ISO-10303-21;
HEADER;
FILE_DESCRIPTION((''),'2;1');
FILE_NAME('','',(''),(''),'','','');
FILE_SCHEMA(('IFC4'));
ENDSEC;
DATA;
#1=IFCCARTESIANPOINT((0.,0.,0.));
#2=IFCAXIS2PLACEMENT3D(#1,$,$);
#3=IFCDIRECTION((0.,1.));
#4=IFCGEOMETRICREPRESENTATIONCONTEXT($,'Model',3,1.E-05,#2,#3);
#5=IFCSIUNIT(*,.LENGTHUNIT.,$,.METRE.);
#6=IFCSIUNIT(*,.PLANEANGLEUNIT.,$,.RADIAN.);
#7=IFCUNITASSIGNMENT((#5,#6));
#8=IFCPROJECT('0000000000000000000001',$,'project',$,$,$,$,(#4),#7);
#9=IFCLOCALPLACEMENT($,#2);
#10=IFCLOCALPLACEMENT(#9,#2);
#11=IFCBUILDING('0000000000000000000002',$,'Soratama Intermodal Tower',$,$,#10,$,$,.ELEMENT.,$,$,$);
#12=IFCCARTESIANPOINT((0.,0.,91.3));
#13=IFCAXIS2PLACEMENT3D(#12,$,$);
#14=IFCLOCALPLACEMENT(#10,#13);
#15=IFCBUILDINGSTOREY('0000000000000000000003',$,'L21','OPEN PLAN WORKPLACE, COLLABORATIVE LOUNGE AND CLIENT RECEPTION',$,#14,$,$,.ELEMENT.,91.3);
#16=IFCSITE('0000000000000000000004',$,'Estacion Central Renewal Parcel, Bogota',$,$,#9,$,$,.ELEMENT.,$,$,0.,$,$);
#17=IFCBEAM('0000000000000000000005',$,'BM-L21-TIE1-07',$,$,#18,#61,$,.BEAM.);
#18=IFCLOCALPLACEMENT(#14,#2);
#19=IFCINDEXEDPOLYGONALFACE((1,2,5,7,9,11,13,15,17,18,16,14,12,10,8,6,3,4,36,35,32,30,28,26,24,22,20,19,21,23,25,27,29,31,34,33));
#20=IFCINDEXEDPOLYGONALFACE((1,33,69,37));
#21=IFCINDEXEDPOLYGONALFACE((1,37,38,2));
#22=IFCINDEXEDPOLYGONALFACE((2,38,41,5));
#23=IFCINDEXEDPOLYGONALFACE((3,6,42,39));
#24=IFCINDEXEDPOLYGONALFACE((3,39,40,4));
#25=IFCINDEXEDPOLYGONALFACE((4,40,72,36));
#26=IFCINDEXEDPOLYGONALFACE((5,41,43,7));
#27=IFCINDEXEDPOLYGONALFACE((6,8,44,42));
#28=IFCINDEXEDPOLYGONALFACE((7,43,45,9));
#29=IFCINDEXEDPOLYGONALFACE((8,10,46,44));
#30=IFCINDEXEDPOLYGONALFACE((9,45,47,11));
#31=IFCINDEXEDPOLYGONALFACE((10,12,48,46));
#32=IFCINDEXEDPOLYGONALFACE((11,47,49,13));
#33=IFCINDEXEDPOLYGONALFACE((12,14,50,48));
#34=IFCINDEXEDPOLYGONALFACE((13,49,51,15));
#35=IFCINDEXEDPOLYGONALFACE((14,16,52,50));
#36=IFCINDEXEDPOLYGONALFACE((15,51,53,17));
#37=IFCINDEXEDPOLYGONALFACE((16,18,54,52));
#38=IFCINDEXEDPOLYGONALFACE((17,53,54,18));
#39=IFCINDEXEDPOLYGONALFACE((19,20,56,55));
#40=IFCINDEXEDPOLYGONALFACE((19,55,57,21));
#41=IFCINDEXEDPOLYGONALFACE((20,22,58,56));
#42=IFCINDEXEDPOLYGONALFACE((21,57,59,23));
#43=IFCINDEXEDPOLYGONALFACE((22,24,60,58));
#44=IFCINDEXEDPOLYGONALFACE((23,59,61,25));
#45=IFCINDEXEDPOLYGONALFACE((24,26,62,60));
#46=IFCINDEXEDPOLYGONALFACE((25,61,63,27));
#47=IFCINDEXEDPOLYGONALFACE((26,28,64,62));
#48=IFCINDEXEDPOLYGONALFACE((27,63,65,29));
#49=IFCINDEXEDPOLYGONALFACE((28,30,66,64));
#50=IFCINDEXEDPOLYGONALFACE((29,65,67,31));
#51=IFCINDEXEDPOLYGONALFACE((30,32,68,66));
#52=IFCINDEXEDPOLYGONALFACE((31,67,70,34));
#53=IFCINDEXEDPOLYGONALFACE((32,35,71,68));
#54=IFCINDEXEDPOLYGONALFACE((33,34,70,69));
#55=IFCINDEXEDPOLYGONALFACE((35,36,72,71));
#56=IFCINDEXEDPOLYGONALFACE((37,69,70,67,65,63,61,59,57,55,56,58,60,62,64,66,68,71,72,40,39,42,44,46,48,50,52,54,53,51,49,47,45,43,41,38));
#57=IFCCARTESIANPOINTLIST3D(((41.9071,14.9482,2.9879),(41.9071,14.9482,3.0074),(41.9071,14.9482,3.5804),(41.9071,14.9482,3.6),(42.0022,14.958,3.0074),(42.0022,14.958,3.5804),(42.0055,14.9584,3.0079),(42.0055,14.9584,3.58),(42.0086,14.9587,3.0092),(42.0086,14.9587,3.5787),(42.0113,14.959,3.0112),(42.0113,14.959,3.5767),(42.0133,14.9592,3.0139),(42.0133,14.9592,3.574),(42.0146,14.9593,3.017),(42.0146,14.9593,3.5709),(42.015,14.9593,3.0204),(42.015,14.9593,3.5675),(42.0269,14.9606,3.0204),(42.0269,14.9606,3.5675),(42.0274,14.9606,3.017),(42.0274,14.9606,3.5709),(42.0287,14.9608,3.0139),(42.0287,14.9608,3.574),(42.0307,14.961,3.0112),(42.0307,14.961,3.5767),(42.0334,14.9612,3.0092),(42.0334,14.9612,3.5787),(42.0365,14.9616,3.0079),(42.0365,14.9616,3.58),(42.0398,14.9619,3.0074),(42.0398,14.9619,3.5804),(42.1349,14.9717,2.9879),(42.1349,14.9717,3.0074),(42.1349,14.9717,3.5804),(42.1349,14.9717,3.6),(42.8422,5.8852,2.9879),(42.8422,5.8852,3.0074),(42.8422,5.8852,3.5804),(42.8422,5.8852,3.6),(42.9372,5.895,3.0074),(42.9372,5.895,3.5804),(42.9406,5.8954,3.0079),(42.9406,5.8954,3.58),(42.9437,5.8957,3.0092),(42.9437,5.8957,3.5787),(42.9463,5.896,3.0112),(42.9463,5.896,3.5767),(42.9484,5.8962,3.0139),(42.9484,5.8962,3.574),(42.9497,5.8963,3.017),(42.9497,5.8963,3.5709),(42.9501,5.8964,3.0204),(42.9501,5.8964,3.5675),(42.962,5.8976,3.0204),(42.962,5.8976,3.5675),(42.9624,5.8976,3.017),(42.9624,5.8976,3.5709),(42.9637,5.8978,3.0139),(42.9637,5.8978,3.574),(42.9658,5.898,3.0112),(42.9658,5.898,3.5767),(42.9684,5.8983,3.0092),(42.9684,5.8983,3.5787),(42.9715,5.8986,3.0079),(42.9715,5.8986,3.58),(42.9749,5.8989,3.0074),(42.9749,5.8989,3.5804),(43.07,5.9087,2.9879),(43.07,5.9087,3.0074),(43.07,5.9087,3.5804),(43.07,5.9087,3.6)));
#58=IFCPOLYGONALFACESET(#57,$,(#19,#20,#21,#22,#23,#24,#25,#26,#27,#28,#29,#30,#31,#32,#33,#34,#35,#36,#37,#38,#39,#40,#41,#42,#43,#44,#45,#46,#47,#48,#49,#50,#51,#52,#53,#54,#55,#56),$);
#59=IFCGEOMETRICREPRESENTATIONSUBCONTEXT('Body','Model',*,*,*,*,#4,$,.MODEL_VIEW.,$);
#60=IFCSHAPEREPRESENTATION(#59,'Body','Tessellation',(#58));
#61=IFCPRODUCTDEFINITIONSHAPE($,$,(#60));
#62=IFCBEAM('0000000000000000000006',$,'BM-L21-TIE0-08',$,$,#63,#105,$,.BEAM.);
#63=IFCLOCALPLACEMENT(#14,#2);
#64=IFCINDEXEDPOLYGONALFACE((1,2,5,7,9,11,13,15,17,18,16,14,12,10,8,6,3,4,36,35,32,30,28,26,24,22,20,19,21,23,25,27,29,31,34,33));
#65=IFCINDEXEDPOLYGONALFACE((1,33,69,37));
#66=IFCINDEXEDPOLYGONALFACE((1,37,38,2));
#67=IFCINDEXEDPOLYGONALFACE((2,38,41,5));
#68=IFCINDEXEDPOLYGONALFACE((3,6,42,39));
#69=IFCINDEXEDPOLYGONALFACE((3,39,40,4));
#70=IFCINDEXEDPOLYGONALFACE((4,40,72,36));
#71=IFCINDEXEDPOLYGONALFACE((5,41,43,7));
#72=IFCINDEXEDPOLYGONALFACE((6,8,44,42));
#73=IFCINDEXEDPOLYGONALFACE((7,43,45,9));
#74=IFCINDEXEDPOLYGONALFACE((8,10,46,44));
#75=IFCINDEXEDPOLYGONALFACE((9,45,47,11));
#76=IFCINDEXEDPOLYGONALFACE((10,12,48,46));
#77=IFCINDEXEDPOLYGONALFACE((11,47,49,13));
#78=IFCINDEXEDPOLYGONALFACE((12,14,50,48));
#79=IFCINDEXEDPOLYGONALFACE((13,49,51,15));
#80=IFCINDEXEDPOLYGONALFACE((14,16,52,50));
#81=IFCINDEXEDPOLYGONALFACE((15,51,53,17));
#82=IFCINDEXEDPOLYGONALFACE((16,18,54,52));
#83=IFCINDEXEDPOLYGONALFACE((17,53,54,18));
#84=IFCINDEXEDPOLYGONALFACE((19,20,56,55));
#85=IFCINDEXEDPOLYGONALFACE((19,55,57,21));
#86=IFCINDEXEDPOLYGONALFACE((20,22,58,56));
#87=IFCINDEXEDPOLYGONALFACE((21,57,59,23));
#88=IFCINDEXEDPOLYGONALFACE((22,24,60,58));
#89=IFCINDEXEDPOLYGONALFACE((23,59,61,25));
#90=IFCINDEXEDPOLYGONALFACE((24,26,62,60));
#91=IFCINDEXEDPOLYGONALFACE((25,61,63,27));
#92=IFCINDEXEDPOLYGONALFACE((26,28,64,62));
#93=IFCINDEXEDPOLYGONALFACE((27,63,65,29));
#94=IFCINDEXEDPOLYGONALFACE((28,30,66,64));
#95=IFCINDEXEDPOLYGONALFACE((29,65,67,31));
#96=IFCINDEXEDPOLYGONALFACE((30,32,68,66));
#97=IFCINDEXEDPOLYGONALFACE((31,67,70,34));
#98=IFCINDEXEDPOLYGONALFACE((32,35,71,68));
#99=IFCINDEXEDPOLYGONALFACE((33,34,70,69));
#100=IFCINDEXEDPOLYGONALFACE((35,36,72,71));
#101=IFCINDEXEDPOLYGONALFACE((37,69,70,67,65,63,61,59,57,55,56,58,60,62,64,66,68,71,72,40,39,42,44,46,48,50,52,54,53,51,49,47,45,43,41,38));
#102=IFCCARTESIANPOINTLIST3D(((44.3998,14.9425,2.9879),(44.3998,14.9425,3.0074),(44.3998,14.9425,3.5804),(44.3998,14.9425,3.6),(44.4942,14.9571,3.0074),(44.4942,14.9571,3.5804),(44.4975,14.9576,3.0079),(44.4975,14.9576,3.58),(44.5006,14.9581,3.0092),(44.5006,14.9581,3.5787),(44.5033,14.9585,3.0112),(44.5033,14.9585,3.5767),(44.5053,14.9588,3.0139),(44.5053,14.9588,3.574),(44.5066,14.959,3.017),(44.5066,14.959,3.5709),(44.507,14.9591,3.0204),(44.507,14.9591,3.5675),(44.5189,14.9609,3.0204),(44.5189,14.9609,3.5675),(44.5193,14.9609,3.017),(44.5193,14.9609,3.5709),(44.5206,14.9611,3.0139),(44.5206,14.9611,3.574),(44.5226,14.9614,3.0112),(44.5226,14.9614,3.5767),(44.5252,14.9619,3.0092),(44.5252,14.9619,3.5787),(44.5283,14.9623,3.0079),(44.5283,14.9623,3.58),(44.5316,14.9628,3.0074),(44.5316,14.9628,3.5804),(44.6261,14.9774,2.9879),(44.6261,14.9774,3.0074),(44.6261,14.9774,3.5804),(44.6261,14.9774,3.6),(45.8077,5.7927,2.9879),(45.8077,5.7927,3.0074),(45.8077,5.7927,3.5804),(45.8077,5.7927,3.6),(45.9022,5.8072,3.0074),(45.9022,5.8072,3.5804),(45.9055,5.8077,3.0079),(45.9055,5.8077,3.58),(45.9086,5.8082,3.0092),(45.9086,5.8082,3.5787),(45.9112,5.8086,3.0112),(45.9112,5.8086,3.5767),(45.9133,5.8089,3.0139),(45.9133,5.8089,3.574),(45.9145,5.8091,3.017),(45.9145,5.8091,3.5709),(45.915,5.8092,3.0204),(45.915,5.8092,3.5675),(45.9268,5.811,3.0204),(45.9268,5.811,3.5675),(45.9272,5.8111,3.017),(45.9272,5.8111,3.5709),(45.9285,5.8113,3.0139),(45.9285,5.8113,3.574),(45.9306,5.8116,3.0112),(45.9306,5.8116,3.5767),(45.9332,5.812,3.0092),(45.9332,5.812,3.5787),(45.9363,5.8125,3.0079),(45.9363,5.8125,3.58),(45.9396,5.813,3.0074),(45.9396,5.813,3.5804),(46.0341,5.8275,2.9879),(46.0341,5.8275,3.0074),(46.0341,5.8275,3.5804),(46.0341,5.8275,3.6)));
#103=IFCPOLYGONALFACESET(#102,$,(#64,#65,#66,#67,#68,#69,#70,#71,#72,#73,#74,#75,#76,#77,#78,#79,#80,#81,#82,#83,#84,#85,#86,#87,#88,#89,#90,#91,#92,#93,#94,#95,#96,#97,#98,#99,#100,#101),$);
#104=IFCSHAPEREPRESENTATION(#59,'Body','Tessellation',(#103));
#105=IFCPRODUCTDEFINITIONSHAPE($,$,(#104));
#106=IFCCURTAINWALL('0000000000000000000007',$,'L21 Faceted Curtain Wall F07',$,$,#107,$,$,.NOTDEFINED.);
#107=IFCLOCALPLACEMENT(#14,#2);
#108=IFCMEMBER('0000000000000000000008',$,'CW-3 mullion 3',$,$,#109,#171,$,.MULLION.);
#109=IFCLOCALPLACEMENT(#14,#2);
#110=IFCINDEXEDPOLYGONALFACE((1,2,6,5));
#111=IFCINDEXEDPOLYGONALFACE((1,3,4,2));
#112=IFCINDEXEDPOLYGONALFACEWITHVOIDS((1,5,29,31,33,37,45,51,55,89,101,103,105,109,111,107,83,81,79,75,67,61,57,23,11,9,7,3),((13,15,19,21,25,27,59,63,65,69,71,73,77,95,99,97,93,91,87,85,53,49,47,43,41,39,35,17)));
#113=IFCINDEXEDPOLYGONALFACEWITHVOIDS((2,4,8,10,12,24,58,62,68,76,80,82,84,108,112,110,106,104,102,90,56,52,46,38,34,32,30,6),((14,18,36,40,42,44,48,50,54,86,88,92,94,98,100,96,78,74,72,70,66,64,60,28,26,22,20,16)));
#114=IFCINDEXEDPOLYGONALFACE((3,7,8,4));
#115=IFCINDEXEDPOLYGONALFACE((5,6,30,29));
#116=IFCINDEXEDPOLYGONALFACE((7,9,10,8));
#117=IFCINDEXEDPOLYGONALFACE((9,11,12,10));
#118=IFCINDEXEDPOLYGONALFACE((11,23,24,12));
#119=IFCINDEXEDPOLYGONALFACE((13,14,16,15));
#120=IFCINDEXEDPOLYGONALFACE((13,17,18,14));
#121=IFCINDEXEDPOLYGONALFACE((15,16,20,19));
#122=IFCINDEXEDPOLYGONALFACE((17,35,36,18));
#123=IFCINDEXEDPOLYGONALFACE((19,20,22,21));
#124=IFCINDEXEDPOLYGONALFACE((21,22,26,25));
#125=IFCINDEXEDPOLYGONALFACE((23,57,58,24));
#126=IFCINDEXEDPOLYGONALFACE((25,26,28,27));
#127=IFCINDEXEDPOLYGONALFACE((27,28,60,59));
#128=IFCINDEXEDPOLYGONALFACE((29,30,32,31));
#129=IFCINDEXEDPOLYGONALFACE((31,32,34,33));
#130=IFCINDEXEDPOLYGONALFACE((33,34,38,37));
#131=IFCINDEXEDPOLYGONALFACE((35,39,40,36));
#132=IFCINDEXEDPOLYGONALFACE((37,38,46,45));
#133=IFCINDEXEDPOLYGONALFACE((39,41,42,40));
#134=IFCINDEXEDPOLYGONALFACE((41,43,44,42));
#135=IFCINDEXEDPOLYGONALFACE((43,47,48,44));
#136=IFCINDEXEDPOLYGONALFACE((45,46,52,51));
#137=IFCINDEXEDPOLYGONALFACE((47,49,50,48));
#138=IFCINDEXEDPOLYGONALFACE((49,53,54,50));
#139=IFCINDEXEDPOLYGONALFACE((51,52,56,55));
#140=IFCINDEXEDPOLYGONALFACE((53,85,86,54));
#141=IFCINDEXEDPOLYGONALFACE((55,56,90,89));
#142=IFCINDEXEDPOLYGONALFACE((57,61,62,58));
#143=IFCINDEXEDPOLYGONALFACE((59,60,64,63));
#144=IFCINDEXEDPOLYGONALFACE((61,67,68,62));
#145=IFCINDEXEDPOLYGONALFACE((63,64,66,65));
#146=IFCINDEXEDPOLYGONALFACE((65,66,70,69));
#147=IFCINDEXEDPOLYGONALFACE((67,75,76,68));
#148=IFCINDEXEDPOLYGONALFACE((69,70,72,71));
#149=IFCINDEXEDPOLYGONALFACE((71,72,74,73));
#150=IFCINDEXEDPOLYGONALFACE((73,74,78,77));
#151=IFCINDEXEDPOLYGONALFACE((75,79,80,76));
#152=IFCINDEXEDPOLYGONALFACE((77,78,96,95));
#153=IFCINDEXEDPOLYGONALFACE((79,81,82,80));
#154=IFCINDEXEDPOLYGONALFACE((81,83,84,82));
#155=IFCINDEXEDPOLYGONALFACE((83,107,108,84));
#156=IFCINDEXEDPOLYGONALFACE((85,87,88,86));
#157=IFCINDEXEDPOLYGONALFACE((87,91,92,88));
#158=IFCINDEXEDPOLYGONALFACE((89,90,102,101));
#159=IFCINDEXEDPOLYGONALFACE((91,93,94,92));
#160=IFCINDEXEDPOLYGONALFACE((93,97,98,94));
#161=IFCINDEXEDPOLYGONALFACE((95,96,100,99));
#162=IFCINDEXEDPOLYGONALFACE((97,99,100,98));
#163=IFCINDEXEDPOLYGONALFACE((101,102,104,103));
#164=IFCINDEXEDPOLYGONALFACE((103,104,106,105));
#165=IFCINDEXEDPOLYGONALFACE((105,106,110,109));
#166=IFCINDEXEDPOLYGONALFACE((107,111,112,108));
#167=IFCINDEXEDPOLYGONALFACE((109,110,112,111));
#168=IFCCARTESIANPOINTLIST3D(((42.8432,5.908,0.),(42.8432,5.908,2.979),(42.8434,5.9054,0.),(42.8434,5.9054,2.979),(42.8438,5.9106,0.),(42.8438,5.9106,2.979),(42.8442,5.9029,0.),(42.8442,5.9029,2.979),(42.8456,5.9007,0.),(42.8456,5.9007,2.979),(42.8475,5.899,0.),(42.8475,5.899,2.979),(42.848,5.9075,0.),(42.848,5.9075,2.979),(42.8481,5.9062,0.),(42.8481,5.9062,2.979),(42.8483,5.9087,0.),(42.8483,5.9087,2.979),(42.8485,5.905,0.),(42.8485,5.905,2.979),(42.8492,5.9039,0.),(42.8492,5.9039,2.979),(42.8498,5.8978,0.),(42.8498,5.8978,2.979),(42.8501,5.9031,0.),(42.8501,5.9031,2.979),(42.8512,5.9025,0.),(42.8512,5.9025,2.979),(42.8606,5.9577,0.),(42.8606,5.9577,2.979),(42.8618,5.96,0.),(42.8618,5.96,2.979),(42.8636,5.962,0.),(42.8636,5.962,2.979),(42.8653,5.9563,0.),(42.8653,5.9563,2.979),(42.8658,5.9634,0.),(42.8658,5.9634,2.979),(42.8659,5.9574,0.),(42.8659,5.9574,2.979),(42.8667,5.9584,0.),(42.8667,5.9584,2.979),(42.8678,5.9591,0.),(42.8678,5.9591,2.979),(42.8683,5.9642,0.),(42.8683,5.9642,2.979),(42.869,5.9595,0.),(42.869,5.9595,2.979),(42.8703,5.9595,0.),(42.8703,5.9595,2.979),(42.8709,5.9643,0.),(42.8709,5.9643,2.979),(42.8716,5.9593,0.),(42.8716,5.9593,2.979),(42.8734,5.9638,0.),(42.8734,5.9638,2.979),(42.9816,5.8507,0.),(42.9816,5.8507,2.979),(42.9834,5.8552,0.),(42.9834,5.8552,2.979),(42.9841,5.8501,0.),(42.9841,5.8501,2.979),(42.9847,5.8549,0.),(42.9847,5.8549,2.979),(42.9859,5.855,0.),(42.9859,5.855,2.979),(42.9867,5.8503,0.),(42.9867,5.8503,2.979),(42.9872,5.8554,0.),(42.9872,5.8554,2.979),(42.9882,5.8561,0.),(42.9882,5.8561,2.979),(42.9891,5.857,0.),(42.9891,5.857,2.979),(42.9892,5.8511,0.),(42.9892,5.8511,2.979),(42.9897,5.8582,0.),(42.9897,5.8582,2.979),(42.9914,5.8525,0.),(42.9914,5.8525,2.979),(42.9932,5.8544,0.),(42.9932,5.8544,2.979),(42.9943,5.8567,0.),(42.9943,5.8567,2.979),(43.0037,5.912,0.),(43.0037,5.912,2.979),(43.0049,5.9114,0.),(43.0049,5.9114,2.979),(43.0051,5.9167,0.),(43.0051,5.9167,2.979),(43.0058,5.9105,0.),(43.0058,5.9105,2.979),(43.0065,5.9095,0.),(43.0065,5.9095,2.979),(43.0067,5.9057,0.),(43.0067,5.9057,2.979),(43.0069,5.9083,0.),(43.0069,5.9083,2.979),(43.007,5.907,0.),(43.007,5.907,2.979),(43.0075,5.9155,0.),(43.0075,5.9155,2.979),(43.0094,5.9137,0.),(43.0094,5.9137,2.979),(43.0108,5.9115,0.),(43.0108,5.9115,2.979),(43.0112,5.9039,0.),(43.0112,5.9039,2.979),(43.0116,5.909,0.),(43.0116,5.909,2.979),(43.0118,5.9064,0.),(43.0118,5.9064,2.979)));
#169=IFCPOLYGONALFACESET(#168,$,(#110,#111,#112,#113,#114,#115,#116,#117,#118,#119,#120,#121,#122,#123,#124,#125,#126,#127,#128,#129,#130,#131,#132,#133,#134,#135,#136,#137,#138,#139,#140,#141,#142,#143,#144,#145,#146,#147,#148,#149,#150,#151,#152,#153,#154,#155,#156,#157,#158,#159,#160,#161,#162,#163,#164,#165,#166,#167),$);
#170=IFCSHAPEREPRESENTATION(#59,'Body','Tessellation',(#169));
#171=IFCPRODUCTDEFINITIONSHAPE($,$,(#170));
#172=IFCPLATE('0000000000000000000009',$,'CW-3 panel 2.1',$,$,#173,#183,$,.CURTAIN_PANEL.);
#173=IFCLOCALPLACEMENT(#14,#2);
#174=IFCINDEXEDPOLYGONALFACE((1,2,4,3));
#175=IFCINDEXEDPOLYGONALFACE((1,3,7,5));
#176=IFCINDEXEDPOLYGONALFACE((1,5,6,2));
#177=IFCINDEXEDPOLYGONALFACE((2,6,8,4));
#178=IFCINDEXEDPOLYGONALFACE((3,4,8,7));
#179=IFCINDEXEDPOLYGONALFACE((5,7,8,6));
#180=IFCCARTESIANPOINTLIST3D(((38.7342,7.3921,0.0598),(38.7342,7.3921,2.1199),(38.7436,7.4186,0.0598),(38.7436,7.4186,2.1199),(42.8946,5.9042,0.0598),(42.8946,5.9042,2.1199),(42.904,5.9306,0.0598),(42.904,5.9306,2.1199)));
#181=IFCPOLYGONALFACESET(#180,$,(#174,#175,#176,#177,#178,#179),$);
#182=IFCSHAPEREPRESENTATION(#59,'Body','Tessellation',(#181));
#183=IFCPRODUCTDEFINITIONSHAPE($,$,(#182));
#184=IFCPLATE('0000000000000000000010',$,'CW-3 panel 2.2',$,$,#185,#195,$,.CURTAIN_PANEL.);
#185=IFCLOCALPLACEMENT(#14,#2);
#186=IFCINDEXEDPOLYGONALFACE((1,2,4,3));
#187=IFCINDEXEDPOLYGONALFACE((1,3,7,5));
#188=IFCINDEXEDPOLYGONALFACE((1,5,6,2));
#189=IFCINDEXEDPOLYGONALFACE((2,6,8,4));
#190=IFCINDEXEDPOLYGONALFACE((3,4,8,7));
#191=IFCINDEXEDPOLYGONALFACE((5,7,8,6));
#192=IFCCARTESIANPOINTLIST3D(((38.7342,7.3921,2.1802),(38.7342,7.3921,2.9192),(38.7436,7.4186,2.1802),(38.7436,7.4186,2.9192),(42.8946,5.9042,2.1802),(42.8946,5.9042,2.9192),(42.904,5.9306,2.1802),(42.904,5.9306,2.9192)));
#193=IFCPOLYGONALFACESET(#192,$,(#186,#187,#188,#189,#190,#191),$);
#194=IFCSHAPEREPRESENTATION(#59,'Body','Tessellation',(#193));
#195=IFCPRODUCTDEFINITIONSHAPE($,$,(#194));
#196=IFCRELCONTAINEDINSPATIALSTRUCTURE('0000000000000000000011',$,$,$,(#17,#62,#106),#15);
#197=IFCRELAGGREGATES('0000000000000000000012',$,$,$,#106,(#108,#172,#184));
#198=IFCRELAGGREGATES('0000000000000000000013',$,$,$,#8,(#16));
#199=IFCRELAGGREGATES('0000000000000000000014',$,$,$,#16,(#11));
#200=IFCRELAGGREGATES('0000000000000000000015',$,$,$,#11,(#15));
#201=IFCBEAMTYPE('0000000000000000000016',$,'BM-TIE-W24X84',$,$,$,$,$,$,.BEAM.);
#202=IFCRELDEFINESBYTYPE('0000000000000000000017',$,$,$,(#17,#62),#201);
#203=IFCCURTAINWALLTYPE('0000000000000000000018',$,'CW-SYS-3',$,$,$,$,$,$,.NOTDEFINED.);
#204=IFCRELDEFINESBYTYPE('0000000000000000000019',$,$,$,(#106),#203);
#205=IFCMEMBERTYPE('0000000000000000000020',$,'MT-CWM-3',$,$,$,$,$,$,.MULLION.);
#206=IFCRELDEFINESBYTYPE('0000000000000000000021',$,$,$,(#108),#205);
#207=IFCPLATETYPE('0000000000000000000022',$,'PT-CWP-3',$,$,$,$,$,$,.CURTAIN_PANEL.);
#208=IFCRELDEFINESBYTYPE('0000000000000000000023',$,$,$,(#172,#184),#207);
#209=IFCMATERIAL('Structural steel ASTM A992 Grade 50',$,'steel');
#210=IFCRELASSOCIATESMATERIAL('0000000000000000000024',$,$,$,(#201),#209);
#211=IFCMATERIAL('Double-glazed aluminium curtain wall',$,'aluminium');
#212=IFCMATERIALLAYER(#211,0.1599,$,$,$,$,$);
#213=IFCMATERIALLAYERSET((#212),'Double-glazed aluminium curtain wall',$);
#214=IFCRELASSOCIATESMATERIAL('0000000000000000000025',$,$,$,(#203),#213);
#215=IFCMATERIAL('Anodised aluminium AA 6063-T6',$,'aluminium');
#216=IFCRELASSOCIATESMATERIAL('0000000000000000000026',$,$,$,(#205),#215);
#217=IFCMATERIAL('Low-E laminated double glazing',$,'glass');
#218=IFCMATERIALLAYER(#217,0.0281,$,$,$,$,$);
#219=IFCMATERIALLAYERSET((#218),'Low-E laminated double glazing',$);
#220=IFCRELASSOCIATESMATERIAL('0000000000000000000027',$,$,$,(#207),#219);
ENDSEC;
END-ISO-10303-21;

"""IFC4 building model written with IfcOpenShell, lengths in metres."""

from ifc_helpers import new_model, si_unit, direction, frame, origin, origin_2d, place, context, subcontext, project, spatial, rectangle, hollow_rectangle, i_section, extrude, material, layer, layer_set, material_profile, profile_set, type_object, element, aggregate, save


model = new_model("IFC4")

# Units and contexts
model_context = context("Model", 3, precision=1e-05, world=origin(), true_north=direction((0.0, 1.0)))
body_context = subcontext(model_context, "Body", "Model", "MODEL_VIEW")
ifc_project = project(units=[si_unit("LENGTHUNIT", "METRE"), si_unit("PLANEANGLEUNIT", "RADIAN")], contexts=[model_context])

# Site, building, storey
site_placement = place(None, origin())
site = spatial("IfcSite", under=ifc_project, at=site_placement, Name="Estacion Central Renewal Parcel, Bogota", CompositionType="ELEMENT", RefElevation=0.0)
building_placement = place(site_placement, origin())
building = spatial("IfcBuilding", under=site, at=building_placement, Name="Soratama Intermodal Tower", CompositionType="ELEMENT")
storey_placement = place(building_placement, frame((0.0, 0.0, 91.3)))
storey = spatial("IfcBuildingStorey", under=building, at=storey_placement, Name="L21", Description="OPEN PLAN WORKPLACE, COLLABORATIVE LOUNGE AND CLIENT RECEPTION", CompositionType="ELEMENT", Elevation=91.3)

# Beams
ifc_material_1 = material(Name="Structural steel ASTM A992 Grade 50", Category="steel")
ifc_material_profile_1 = material_profile(ifc_material_1, i_section(OverallWidth=0.229, OverallDepth=0.6121, WebThickness=0.012, FlangeThickness=0.0195, FilletRadius=0.0129, at=origin_2d()), Name="W24X84")
ifc_profile_set_1 = profile_set([ifc_material_profile_1], Name="Structural steel ASTM A992 Grade 50")
beam_type_1 = type_object("IfcBeamType", Name="BM-TIE-W24X84", PredefinedType="BEAM", material=ifc_profile_set_1)
beam_1_placement = place(storey_placement, frame((42.021, 14.96, 3.2939), z_axis=(0.102629, -0.99472, 0.0), x_axis=(0.99472, 0.102629, 0.0)))
element("IfcBeam", 1, at=beam_1_placement, inside=storey, type_object=beam_type_1, Name="BM-L21-TIE1-07", PredefinedType="BEAM", context=body_context, shape_type="SweptSolid", body=[
    extrude(i_section(OverallWidth=0.229, OverallDepth=0.6121, WebThickness=0.012, FlangeThickness=0.0195, FilletRadius=0.0129, at=origin_2d()), origin(), (0.0, 0.0, 1.0), 9.1111),
])
beam_2_placement = place(storey_placement, frame((44.5129, 14.96, 3.2939), z_axis=(0.152087, -0.988367, 0.0), x_axis=(0.988367, 0.152087, 0.0)))
element("IfcBeam", 2, at=beam_2_placement, inside=storey, type_object=beam_type_1, Name="BM-L21-TIE0-08", PredefinedType="BEAM", context=body_context, shape_type="SweptSolid", body=[
    extrude(i_section(OverallWidth=0.229, OverallDepth=0.6121, WebThickness=0.012, FlangeThickness=0.0195, FilletRadius=0.0129, at=origin_2d()), origin(), (0.0, 0.0, 1.0), 9.2576),
])

# Curtain wall, member, plates
ifc_material_2 = material(Name="Double-glazed aluminium curtain wall", Category="aluminium")
ifc_layer_1 = layer(ifc_material_2, 0.1599)
ifc_layer_set_1 = layer_set([ifc_layer_1], Name="Double-glazed aluminium curtain wall")
curtain_wall_type = type_object("IfcCurtainWallType", Name="CW-SYS-3", PredefinedType="NOTDEFINED", material=ifc_layer_set_1)
curtain_wall_placement = place(storey_placement, origin())
curtain_wall = element("IfcCurtainWall", 3, at=curtain_wall_placement, inside=storey, type_object=curtain_wall_type, Name="L21 Faceted Curtain Wall F07", PredefinedType="NOTDEFINED")
ifc_material_3 = material(Name="Anodised aluminium AA 6063-T6", Category="aluminium")
ifc_material_profile_2 = material_profile(ifc_material_3, hollow_rectangle(XDim=0.0701, YDim=0.1599, WallThickness=0.0049, InnerFilletRadius=0.0049, OuterFilletRadius=0.01, at=origin_2d()), Name="CWM160X70X5")
ifc_profile_set_2 = profile_set([ifc_material_profile_2], Name="Anodised aluminium AA 6063-T6")
member_type = type_object("IfcMemberType", Name="MT-CWM-3", PredefinedType="MULLION", material=ifc_profile_set_2)
member_placement = place(storey_placement, frame((42.9275, 5.9072, 0.0), z_axis=(0.0, 0.0, 1.0), x_axis=(0.336761, 0.94159, 0.0)))
member = element("IfcMember", 4, at=member_placement, type_object=member_type, Name="CW-3 mullion 3", PredefinedType="MULLION", context=body_context, shape_type="SweptSolid", body=[
    extrude(hollow_rectangle(XDim=0.0701, YDim=0.1599, WallThickness=0.0049, InnerFilletRadius=0.0049, OuterFilletRadius=0.01, at=origin_2d()), origin(), (0.0, 0.0, 1.0), 2.979),
])
ifc_material_4 = material(Name="Low-E laminated double glazing", Category="glass")
ifc_layer_2 = layer(ifc_material_4, 0.0281)
ifc_layer_set_2 = layer_set([ifc_layer_2], Name="Low-E laminated double glazing")
plate_type = type_object("IfcPlateType", Name="PT-CWP-3", PredefinedType="CURTAIN_PANEL", material=ifc_layer_set_2)
plate_1_placement = place(storey_placement, frame((40.8191, 6.6614, 0.0598), z_axis=(0.0, 0.0, 1.0), x_axis=(0.94159, -0.336761, 0.0)))
plate_1 = element("IfcPlate", 5, at=plate_1_placement, type_object=plate_type, Name="CW-3 panel 2.1", PredefinedType="CURTAIN_PANEL", context=body_context, shape_type="SweptSolid", body=[
    extrude(rectangle(XDim=4.4185, YDim=0.0281, at=origin_2d()), origin(), (0.0, 0.0, 1.0), 2.0601),
])
plate_2_placement = place(storey_placement, frame((40.8191, 6.6614, 2.1802), z_axis=(0.0, 0.0, 1.0), x_axis=(0.94159, -0.336761, 0.0)))
plate_2 = element("IfcPlate", 6, at=plate_2_placement, type_object=plate_type, Name="CW-3 panel 2.2", PredefinedType="CURTAIN_PANEL", context=body_context, shape_type="SweptSolid", body=[
    extrude(rectangle(XDim=4.4185, YDim=0.0281, at=origin_2d()), origin(), (0.0, 0.0, 1.0), 0.739),
])
aggregate(curtain_wall, [member, plate_1, plate_2])

save(model, "model.ifc")
